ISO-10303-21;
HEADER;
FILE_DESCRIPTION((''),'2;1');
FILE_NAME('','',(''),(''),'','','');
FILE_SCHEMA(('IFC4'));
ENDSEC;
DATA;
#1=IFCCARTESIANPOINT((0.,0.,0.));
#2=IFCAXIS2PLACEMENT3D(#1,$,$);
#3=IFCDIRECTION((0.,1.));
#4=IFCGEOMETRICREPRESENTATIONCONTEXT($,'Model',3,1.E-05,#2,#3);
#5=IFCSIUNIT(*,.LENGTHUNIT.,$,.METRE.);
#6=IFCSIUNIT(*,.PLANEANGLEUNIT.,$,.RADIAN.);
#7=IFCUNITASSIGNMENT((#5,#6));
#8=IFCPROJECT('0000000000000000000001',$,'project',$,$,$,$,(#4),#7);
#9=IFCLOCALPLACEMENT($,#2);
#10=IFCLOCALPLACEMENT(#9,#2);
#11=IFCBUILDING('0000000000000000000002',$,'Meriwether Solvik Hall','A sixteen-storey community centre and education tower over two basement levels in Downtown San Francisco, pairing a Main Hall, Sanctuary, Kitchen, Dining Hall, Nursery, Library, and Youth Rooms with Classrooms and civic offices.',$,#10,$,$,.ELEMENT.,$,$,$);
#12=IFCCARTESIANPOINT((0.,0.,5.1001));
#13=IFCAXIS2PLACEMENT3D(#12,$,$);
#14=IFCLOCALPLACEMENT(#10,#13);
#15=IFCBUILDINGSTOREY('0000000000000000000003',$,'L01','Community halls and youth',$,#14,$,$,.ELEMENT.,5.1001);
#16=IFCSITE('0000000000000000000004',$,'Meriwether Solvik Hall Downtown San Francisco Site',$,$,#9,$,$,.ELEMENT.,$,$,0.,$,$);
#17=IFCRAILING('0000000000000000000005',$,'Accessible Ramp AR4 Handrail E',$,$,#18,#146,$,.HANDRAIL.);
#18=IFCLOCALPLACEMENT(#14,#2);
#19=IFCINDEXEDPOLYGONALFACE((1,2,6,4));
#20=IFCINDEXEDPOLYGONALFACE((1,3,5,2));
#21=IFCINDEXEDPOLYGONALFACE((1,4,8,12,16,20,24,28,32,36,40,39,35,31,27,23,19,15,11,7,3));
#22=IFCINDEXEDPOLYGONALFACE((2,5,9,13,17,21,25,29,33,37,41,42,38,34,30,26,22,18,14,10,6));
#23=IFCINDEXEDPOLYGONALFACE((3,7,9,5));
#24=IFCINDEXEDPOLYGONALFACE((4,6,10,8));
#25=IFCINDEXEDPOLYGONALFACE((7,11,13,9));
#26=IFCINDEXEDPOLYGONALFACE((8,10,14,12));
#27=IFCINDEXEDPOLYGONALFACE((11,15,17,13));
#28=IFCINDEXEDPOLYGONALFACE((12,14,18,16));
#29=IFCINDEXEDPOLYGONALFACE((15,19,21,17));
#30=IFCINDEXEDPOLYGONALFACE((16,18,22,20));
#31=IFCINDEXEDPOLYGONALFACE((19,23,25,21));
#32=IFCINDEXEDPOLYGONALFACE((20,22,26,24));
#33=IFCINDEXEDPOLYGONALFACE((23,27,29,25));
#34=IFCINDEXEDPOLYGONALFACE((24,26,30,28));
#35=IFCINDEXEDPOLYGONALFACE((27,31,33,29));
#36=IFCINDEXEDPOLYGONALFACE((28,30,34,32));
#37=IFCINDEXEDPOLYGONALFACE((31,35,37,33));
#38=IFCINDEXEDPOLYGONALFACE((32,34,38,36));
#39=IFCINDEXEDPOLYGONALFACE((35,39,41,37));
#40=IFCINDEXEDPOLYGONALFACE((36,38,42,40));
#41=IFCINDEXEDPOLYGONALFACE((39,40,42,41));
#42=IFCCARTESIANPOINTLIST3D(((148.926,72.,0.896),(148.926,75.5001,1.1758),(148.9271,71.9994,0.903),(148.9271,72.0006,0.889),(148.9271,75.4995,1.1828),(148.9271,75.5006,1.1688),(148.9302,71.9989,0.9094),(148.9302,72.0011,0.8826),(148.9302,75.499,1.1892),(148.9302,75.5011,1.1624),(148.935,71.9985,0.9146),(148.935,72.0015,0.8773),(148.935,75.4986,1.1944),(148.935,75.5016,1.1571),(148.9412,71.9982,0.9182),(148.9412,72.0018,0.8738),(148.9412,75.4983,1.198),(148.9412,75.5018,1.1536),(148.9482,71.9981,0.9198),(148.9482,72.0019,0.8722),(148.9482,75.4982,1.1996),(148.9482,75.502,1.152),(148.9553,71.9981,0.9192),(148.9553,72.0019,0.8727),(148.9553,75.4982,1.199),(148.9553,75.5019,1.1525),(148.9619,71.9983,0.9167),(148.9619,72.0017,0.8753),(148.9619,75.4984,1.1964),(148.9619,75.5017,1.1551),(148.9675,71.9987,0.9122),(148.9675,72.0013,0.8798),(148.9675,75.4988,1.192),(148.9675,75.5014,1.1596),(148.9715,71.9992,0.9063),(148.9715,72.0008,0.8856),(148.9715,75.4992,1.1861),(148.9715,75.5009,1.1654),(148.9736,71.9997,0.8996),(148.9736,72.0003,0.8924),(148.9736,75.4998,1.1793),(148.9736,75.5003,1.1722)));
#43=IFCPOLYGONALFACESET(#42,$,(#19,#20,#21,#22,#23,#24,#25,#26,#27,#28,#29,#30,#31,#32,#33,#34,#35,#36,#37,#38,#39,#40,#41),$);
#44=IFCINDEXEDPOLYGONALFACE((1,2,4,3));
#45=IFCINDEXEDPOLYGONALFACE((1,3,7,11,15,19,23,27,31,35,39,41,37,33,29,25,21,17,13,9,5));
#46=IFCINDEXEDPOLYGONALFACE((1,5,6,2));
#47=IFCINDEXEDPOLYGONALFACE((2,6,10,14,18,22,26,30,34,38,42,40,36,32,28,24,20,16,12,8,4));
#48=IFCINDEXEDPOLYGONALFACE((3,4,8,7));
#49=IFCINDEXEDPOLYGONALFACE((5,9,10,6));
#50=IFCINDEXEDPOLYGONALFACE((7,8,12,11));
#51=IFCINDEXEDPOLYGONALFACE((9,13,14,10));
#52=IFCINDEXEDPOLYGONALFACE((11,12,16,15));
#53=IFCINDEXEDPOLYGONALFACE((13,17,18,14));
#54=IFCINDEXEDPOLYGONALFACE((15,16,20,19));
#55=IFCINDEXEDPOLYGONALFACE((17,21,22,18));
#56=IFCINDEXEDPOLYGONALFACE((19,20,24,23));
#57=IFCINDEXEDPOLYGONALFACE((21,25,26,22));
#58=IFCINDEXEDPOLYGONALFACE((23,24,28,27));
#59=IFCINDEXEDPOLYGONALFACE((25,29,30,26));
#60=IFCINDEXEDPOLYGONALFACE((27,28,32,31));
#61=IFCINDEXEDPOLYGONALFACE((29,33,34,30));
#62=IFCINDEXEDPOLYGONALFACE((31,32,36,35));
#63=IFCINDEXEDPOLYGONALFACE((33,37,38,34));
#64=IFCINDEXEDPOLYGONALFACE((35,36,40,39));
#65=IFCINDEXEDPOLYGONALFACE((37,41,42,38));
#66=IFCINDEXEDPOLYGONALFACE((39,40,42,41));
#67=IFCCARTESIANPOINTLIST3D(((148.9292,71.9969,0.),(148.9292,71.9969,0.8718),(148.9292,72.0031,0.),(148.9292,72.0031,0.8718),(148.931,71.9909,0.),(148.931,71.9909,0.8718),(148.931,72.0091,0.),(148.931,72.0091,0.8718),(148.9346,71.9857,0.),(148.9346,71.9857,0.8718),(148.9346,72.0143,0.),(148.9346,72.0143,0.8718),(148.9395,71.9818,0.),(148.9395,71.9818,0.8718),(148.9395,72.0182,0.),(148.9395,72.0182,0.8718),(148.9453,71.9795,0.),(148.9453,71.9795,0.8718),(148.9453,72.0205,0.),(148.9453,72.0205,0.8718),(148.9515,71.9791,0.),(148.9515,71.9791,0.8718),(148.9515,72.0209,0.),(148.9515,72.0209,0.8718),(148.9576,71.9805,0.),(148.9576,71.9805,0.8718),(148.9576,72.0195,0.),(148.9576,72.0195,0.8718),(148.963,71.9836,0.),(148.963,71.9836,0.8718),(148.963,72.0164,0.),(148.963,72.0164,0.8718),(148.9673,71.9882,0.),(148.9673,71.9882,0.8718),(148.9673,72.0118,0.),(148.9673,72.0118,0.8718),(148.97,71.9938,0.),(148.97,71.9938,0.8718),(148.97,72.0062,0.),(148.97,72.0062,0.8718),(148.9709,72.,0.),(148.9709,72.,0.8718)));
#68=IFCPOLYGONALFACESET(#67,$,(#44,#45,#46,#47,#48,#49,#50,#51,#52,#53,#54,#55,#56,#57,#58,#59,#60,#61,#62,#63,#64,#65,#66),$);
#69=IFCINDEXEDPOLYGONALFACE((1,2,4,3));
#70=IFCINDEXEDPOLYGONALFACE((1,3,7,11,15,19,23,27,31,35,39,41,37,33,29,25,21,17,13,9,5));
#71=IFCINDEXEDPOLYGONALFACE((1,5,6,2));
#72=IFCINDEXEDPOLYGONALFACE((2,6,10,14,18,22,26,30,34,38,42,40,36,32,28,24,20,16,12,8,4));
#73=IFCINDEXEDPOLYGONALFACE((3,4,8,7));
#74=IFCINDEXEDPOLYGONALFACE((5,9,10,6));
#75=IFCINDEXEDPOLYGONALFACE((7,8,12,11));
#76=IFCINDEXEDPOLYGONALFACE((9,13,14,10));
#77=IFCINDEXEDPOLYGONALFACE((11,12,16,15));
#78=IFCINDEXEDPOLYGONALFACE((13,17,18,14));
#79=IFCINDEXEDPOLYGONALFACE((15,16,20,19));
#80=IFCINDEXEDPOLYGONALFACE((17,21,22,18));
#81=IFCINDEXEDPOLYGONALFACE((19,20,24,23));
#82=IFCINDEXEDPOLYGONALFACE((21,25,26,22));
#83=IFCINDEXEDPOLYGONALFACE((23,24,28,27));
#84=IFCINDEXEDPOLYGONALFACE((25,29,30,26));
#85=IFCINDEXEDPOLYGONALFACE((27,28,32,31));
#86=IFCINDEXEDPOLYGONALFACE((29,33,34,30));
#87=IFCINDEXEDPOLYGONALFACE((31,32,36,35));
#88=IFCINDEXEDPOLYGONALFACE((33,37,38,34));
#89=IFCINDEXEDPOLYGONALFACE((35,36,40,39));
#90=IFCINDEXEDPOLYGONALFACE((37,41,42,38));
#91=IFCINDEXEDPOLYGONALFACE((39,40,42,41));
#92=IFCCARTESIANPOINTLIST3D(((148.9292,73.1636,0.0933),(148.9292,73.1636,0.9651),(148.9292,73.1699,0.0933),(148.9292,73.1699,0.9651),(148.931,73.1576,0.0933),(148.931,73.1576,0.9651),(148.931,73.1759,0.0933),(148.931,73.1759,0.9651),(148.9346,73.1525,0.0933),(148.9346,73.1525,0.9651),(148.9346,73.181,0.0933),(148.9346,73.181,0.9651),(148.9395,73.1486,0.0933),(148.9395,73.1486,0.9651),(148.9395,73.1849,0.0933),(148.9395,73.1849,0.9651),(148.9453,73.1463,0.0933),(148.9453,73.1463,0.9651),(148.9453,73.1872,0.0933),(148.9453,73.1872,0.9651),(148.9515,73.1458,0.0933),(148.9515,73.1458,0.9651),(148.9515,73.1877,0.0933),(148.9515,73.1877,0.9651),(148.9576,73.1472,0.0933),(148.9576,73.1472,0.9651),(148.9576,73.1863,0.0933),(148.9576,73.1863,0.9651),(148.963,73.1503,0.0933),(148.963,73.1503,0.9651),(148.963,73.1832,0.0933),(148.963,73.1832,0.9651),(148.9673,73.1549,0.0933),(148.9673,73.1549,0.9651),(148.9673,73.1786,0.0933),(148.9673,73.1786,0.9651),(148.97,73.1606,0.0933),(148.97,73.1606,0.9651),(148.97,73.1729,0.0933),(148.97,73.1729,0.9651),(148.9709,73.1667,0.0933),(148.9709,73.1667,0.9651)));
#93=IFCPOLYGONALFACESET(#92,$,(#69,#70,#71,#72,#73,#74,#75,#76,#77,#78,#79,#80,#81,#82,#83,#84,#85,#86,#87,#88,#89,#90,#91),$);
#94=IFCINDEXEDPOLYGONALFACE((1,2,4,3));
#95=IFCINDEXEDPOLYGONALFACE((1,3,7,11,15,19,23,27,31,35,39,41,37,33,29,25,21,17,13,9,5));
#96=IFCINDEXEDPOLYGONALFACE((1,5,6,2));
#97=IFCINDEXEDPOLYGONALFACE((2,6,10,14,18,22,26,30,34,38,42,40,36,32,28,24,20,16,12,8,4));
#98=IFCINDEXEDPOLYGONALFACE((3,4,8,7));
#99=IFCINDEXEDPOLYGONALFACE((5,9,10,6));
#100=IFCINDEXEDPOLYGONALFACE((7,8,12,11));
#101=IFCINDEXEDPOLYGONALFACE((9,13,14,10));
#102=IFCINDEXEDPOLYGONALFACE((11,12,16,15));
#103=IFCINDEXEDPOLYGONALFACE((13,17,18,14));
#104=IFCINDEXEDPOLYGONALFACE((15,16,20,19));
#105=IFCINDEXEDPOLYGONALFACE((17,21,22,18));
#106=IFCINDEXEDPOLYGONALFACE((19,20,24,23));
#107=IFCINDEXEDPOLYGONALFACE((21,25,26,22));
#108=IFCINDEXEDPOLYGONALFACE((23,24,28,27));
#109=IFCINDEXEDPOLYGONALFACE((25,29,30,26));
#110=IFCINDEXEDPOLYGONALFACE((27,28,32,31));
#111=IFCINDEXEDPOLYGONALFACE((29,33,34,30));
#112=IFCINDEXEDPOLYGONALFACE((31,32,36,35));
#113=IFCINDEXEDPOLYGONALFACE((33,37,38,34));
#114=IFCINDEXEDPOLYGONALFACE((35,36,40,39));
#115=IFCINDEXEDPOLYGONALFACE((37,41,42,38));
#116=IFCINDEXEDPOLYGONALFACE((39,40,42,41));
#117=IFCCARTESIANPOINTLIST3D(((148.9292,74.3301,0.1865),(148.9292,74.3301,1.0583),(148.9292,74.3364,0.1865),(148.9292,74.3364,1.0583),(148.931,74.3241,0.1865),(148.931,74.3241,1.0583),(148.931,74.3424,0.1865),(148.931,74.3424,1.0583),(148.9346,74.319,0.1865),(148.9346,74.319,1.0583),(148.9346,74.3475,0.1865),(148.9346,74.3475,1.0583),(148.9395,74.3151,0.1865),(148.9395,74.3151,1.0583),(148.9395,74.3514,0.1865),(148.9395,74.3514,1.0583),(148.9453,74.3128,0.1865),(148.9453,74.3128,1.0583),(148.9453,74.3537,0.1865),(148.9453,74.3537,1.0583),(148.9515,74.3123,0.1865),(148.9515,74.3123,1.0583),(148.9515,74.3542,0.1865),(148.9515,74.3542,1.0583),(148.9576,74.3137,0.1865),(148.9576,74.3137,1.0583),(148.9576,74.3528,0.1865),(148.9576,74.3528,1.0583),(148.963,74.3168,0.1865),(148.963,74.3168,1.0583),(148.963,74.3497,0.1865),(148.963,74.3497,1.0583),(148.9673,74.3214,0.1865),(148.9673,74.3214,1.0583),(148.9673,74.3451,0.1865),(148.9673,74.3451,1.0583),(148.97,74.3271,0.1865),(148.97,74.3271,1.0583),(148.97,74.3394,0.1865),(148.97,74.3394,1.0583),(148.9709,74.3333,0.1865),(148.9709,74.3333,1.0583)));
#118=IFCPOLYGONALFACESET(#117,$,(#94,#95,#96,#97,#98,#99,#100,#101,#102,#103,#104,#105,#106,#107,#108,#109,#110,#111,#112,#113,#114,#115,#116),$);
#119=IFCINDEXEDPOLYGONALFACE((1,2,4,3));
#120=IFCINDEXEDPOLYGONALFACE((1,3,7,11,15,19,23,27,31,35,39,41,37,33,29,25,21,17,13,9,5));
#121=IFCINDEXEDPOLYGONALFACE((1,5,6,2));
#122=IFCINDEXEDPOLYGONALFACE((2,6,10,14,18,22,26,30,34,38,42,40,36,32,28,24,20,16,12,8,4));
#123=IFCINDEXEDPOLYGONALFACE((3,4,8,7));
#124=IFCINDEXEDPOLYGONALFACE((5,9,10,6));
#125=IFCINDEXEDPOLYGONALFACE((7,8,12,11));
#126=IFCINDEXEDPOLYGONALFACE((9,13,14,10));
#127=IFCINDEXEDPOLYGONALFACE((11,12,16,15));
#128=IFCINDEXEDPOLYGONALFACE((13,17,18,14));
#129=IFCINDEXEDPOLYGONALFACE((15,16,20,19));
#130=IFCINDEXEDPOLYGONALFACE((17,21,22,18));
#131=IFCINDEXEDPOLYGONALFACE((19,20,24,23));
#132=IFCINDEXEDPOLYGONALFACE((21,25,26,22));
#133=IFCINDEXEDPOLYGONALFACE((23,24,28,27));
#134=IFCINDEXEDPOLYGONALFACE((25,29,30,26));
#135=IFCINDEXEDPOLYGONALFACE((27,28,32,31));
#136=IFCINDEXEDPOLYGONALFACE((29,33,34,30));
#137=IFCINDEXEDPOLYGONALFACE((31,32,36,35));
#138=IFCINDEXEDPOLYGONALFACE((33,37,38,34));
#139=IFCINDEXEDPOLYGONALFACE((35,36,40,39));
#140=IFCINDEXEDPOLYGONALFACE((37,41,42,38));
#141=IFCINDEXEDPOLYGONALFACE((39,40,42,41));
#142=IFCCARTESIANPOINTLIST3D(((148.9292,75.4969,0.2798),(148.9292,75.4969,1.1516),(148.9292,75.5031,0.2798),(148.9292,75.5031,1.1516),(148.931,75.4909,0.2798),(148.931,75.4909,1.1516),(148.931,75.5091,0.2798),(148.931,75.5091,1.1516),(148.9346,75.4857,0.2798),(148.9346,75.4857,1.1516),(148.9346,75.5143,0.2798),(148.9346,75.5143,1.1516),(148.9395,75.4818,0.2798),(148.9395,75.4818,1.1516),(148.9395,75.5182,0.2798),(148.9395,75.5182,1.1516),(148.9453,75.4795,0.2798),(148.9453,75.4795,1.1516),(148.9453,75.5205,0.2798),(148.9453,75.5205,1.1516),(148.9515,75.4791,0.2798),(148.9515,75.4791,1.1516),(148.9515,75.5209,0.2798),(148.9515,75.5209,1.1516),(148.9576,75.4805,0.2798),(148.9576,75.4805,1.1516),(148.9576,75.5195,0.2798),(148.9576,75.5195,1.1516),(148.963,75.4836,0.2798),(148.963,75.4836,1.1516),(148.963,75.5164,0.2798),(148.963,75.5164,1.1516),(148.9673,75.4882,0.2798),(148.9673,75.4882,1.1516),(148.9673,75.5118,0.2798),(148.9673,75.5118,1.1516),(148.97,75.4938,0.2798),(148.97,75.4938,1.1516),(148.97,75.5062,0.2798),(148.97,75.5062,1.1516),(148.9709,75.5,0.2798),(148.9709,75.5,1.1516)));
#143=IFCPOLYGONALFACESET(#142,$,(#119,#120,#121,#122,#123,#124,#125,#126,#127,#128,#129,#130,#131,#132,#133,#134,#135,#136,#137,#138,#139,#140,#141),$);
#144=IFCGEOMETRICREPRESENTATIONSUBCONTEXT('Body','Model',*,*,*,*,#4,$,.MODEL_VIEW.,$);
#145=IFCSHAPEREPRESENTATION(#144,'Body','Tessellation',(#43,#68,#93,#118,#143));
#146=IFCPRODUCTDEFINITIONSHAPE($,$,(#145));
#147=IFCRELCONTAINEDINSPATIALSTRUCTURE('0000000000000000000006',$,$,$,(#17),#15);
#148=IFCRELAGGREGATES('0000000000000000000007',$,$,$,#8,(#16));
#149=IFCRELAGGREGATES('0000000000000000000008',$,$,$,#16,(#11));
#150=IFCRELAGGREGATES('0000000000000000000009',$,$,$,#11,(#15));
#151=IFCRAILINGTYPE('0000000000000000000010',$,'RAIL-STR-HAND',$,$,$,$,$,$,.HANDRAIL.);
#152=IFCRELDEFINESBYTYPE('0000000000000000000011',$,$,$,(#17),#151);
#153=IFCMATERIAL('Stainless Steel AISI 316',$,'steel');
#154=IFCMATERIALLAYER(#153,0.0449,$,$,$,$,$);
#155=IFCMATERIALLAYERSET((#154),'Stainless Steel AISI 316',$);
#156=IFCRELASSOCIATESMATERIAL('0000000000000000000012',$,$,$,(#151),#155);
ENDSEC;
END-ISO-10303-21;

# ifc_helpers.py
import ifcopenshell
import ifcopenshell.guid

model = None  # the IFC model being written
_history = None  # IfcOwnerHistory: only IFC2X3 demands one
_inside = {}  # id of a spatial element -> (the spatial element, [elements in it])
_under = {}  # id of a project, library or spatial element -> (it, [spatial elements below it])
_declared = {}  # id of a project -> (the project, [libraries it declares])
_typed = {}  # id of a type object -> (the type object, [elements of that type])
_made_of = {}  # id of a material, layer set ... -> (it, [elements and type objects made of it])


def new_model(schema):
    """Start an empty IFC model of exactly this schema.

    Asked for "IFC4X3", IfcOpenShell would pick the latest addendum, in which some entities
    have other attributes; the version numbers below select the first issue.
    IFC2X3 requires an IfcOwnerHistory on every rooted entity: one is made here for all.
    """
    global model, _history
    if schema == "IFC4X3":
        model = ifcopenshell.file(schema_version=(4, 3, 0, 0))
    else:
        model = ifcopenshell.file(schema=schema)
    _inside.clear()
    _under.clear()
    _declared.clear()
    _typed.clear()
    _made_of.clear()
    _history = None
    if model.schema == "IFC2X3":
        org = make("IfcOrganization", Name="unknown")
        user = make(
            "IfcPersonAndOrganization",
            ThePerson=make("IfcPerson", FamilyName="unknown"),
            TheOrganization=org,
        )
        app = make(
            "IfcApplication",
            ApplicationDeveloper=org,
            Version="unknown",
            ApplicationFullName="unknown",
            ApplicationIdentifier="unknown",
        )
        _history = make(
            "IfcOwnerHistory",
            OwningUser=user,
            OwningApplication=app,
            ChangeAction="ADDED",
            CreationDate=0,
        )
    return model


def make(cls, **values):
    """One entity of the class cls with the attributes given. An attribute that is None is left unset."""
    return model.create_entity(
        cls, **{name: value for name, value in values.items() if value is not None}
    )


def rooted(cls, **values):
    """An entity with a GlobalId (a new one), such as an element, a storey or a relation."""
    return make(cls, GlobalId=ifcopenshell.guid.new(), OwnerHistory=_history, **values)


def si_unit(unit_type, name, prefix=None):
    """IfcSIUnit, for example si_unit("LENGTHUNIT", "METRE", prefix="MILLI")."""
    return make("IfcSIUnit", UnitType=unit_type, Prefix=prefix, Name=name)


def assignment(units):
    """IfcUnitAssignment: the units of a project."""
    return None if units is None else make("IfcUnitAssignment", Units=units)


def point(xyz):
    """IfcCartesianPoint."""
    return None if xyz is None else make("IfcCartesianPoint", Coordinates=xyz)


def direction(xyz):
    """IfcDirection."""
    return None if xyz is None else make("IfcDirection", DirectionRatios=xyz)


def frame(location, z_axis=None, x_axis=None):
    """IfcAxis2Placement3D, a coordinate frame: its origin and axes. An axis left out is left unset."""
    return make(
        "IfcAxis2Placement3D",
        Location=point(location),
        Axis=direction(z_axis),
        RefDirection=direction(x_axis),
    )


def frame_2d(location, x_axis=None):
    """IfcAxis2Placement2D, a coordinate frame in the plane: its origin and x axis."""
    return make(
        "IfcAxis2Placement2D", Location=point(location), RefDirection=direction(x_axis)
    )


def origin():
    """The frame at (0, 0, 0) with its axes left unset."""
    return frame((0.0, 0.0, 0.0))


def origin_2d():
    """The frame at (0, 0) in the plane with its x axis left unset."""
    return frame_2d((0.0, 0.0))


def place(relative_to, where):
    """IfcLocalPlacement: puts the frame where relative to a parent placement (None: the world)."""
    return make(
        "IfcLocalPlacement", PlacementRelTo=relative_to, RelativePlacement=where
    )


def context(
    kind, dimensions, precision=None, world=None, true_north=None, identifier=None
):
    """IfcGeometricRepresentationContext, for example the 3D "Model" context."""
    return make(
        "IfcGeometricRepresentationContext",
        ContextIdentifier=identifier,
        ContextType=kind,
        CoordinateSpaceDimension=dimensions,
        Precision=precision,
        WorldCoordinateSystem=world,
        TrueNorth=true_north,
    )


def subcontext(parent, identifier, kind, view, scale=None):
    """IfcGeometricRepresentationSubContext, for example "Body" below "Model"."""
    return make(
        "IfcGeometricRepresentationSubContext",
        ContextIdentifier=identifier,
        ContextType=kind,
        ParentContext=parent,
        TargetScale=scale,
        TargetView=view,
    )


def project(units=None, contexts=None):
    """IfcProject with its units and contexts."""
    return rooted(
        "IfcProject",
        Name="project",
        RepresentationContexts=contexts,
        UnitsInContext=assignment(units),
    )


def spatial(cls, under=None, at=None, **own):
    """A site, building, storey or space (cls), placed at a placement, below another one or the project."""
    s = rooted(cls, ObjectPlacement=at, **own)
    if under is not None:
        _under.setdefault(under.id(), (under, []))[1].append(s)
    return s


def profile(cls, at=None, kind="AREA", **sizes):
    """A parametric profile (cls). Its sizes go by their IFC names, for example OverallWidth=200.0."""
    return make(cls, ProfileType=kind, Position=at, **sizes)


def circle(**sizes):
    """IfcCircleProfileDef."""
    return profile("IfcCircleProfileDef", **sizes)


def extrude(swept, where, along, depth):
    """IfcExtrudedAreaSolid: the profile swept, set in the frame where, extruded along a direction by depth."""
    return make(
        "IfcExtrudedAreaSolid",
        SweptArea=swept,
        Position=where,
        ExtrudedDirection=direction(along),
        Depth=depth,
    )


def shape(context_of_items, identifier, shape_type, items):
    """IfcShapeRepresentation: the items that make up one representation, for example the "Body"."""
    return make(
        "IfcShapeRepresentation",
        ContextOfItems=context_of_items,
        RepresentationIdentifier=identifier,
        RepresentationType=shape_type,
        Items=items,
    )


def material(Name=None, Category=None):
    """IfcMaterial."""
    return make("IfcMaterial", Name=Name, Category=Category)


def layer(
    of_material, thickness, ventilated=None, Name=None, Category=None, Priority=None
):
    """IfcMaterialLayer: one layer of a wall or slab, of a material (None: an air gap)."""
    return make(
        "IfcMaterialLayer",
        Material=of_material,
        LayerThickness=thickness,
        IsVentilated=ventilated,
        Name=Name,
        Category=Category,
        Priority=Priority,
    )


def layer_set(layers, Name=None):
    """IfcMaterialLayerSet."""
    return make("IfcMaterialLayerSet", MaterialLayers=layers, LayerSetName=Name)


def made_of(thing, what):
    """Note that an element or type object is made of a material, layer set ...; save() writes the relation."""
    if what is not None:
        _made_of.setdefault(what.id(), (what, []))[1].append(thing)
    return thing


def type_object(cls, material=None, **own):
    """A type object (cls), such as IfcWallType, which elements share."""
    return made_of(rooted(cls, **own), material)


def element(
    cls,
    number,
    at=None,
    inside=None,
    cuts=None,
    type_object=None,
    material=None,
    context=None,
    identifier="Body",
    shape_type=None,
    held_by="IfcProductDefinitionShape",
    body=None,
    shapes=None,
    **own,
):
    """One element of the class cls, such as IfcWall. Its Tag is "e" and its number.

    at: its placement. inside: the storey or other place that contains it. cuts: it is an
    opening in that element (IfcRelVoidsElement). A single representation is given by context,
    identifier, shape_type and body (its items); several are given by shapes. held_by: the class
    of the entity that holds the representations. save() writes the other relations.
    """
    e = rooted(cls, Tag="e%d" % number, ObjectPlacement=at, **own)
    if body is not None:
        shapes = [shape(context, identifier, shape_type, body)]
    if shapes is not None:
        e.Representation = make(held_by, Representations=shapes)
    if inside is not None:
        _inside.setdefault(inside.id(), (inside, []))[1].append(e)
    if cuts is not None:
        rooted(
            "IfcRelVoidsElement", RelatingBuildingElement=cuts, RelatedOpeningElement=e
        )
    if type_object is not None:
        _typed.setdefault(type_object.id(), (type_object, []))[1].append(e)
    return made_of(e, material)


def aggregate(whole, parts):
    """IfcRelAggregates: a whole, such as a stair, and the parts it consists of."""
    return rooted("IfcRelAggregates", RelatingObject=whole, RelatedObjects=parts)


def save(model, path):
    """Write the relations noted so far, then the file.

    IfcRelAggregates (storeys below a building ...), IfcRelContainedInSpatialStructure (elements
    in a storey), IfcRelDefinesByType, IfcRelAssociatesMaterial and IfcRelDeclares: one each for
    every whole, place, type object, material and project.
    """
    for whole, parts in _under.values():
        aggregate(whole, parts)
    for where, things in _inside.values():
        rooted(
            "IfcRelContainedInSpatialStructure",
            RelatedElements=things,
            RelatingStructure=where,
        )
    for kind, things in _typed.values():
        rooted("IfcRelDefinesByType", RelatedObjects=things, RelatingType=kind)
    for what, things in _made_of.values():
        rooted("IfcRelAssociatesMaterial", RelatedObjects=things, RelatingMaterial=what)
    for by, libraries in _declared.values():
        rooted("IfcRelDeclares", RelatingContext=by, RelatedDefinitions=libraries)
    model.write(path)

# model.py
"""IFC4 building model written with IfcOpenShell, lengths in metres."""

from ifc_helpers import new_model, si_unit, direction, frame, origin, origin_2d, place, context, subcontext, project, spatial, circle, extrude, material, layer, layer_set, type_object, element, save


model = new_model("IFC4")

# Units and contexts
model_context = context("Model", 3, precision=1e-05, world=origin(), true_north=direction((0.0, 1.0)))
body_context = subcontext(model_context, "Body", "Model", "MODEL_VIEW")
ifc_project = project(units=[si_unit("LENGTHUNIT", "METRE"), si_unit("PLANEANGLEUNIT", "RADIAN")], contexts=[model_context])

# Site, building, storey
site_placement = place(None, origin())
site = spatial("IfcSite", under=ifc_project, at=site_placement, Name="Meriwether Solvik Hall Downtown San Francisco Site", CompositionType="ELEMENT", RefElevation=0.0)
building_placement = place(site_placement, origin())
building = spatial("IfcBuilding", under=site, at=building_placement, Name="Meriwether Solvik Hall", Description="A sixteen-storey community centre and education tower over two basement levels in Downtown San Francisco, pairing a Main Hall, Sanctuary, Kitchen, Dining Hall, Nursery, Library, and Youth Rooms with Classrooms and civic offices.", CompositionType="ELEMENT")
storey_placement = place(building_placement, frame((0.0, 0.0, 5.1001)))
storey = spatial("IfcBuildingStorey", under=building, at=storey_placement, Name="L01", Description="Community halls and youth", CompositionType="ELEMENT", Elevation=5.1001)

# Railing
ifc_material_1 = material(Name="Stainless Steel AISI 316", Category="steel")
ifc_layer_1 = layer(ifc_material_1, 0.0449)
ifc_layer_set_1 = layer_set([ifc_layer_1], Name="Stainless Steel AISI 316")
railing_type = type_object("IfcRailingType", Name="RAIL-STR-HAND", PredefinedType="HANDRAIL", material=ifc_layer_set_1)
for number, where, name in (
    (1, (148.95, 72.0, 0.0), "Accessible Ramp AR4 Handrail E"),
):
    element("IfcRailing", number, at=place(storey_placement, frame(where)), inside=storey, type_object=railing_type, Name=name, PredefinedType="HANDRAIL", context=body_context, shape_type="SweptSolid", body=[
        extrude(circle(Radius=0.0239, at=origin_2d()), frame((0.0, 0.0, 0.896), z_axis=(0.0, 0.99682, 0.079684), x_axis=(-1.0, 0.0, 0.0)), (0.0, 0.0, 1.0), 3.5112),
        extrude(circle(Radius=0.021, at=origin_2d()), origin(), (0.0, 0.0, 1.0), 0.8718),
        extrude(circle(Radius=0.021, at=origin_2d()), frame((0.0, 1.1667, 0.0933)), (0.0, 0.0, 1.0), 0.8718),
        extrude(circle(Radius=0.021, at=origin_2d()), frame((0.0, 2.3333, 0.1865)), (0.0, 0.0, 1.0), 0.8718),
        extrude(circle(Radius=0.021, at=origin_2d()), frame((0.0, 3.5, 0.2798)), (0.0, 0.0, 1.0), 0.8718),
    ])

save(model, "model.ifc")
